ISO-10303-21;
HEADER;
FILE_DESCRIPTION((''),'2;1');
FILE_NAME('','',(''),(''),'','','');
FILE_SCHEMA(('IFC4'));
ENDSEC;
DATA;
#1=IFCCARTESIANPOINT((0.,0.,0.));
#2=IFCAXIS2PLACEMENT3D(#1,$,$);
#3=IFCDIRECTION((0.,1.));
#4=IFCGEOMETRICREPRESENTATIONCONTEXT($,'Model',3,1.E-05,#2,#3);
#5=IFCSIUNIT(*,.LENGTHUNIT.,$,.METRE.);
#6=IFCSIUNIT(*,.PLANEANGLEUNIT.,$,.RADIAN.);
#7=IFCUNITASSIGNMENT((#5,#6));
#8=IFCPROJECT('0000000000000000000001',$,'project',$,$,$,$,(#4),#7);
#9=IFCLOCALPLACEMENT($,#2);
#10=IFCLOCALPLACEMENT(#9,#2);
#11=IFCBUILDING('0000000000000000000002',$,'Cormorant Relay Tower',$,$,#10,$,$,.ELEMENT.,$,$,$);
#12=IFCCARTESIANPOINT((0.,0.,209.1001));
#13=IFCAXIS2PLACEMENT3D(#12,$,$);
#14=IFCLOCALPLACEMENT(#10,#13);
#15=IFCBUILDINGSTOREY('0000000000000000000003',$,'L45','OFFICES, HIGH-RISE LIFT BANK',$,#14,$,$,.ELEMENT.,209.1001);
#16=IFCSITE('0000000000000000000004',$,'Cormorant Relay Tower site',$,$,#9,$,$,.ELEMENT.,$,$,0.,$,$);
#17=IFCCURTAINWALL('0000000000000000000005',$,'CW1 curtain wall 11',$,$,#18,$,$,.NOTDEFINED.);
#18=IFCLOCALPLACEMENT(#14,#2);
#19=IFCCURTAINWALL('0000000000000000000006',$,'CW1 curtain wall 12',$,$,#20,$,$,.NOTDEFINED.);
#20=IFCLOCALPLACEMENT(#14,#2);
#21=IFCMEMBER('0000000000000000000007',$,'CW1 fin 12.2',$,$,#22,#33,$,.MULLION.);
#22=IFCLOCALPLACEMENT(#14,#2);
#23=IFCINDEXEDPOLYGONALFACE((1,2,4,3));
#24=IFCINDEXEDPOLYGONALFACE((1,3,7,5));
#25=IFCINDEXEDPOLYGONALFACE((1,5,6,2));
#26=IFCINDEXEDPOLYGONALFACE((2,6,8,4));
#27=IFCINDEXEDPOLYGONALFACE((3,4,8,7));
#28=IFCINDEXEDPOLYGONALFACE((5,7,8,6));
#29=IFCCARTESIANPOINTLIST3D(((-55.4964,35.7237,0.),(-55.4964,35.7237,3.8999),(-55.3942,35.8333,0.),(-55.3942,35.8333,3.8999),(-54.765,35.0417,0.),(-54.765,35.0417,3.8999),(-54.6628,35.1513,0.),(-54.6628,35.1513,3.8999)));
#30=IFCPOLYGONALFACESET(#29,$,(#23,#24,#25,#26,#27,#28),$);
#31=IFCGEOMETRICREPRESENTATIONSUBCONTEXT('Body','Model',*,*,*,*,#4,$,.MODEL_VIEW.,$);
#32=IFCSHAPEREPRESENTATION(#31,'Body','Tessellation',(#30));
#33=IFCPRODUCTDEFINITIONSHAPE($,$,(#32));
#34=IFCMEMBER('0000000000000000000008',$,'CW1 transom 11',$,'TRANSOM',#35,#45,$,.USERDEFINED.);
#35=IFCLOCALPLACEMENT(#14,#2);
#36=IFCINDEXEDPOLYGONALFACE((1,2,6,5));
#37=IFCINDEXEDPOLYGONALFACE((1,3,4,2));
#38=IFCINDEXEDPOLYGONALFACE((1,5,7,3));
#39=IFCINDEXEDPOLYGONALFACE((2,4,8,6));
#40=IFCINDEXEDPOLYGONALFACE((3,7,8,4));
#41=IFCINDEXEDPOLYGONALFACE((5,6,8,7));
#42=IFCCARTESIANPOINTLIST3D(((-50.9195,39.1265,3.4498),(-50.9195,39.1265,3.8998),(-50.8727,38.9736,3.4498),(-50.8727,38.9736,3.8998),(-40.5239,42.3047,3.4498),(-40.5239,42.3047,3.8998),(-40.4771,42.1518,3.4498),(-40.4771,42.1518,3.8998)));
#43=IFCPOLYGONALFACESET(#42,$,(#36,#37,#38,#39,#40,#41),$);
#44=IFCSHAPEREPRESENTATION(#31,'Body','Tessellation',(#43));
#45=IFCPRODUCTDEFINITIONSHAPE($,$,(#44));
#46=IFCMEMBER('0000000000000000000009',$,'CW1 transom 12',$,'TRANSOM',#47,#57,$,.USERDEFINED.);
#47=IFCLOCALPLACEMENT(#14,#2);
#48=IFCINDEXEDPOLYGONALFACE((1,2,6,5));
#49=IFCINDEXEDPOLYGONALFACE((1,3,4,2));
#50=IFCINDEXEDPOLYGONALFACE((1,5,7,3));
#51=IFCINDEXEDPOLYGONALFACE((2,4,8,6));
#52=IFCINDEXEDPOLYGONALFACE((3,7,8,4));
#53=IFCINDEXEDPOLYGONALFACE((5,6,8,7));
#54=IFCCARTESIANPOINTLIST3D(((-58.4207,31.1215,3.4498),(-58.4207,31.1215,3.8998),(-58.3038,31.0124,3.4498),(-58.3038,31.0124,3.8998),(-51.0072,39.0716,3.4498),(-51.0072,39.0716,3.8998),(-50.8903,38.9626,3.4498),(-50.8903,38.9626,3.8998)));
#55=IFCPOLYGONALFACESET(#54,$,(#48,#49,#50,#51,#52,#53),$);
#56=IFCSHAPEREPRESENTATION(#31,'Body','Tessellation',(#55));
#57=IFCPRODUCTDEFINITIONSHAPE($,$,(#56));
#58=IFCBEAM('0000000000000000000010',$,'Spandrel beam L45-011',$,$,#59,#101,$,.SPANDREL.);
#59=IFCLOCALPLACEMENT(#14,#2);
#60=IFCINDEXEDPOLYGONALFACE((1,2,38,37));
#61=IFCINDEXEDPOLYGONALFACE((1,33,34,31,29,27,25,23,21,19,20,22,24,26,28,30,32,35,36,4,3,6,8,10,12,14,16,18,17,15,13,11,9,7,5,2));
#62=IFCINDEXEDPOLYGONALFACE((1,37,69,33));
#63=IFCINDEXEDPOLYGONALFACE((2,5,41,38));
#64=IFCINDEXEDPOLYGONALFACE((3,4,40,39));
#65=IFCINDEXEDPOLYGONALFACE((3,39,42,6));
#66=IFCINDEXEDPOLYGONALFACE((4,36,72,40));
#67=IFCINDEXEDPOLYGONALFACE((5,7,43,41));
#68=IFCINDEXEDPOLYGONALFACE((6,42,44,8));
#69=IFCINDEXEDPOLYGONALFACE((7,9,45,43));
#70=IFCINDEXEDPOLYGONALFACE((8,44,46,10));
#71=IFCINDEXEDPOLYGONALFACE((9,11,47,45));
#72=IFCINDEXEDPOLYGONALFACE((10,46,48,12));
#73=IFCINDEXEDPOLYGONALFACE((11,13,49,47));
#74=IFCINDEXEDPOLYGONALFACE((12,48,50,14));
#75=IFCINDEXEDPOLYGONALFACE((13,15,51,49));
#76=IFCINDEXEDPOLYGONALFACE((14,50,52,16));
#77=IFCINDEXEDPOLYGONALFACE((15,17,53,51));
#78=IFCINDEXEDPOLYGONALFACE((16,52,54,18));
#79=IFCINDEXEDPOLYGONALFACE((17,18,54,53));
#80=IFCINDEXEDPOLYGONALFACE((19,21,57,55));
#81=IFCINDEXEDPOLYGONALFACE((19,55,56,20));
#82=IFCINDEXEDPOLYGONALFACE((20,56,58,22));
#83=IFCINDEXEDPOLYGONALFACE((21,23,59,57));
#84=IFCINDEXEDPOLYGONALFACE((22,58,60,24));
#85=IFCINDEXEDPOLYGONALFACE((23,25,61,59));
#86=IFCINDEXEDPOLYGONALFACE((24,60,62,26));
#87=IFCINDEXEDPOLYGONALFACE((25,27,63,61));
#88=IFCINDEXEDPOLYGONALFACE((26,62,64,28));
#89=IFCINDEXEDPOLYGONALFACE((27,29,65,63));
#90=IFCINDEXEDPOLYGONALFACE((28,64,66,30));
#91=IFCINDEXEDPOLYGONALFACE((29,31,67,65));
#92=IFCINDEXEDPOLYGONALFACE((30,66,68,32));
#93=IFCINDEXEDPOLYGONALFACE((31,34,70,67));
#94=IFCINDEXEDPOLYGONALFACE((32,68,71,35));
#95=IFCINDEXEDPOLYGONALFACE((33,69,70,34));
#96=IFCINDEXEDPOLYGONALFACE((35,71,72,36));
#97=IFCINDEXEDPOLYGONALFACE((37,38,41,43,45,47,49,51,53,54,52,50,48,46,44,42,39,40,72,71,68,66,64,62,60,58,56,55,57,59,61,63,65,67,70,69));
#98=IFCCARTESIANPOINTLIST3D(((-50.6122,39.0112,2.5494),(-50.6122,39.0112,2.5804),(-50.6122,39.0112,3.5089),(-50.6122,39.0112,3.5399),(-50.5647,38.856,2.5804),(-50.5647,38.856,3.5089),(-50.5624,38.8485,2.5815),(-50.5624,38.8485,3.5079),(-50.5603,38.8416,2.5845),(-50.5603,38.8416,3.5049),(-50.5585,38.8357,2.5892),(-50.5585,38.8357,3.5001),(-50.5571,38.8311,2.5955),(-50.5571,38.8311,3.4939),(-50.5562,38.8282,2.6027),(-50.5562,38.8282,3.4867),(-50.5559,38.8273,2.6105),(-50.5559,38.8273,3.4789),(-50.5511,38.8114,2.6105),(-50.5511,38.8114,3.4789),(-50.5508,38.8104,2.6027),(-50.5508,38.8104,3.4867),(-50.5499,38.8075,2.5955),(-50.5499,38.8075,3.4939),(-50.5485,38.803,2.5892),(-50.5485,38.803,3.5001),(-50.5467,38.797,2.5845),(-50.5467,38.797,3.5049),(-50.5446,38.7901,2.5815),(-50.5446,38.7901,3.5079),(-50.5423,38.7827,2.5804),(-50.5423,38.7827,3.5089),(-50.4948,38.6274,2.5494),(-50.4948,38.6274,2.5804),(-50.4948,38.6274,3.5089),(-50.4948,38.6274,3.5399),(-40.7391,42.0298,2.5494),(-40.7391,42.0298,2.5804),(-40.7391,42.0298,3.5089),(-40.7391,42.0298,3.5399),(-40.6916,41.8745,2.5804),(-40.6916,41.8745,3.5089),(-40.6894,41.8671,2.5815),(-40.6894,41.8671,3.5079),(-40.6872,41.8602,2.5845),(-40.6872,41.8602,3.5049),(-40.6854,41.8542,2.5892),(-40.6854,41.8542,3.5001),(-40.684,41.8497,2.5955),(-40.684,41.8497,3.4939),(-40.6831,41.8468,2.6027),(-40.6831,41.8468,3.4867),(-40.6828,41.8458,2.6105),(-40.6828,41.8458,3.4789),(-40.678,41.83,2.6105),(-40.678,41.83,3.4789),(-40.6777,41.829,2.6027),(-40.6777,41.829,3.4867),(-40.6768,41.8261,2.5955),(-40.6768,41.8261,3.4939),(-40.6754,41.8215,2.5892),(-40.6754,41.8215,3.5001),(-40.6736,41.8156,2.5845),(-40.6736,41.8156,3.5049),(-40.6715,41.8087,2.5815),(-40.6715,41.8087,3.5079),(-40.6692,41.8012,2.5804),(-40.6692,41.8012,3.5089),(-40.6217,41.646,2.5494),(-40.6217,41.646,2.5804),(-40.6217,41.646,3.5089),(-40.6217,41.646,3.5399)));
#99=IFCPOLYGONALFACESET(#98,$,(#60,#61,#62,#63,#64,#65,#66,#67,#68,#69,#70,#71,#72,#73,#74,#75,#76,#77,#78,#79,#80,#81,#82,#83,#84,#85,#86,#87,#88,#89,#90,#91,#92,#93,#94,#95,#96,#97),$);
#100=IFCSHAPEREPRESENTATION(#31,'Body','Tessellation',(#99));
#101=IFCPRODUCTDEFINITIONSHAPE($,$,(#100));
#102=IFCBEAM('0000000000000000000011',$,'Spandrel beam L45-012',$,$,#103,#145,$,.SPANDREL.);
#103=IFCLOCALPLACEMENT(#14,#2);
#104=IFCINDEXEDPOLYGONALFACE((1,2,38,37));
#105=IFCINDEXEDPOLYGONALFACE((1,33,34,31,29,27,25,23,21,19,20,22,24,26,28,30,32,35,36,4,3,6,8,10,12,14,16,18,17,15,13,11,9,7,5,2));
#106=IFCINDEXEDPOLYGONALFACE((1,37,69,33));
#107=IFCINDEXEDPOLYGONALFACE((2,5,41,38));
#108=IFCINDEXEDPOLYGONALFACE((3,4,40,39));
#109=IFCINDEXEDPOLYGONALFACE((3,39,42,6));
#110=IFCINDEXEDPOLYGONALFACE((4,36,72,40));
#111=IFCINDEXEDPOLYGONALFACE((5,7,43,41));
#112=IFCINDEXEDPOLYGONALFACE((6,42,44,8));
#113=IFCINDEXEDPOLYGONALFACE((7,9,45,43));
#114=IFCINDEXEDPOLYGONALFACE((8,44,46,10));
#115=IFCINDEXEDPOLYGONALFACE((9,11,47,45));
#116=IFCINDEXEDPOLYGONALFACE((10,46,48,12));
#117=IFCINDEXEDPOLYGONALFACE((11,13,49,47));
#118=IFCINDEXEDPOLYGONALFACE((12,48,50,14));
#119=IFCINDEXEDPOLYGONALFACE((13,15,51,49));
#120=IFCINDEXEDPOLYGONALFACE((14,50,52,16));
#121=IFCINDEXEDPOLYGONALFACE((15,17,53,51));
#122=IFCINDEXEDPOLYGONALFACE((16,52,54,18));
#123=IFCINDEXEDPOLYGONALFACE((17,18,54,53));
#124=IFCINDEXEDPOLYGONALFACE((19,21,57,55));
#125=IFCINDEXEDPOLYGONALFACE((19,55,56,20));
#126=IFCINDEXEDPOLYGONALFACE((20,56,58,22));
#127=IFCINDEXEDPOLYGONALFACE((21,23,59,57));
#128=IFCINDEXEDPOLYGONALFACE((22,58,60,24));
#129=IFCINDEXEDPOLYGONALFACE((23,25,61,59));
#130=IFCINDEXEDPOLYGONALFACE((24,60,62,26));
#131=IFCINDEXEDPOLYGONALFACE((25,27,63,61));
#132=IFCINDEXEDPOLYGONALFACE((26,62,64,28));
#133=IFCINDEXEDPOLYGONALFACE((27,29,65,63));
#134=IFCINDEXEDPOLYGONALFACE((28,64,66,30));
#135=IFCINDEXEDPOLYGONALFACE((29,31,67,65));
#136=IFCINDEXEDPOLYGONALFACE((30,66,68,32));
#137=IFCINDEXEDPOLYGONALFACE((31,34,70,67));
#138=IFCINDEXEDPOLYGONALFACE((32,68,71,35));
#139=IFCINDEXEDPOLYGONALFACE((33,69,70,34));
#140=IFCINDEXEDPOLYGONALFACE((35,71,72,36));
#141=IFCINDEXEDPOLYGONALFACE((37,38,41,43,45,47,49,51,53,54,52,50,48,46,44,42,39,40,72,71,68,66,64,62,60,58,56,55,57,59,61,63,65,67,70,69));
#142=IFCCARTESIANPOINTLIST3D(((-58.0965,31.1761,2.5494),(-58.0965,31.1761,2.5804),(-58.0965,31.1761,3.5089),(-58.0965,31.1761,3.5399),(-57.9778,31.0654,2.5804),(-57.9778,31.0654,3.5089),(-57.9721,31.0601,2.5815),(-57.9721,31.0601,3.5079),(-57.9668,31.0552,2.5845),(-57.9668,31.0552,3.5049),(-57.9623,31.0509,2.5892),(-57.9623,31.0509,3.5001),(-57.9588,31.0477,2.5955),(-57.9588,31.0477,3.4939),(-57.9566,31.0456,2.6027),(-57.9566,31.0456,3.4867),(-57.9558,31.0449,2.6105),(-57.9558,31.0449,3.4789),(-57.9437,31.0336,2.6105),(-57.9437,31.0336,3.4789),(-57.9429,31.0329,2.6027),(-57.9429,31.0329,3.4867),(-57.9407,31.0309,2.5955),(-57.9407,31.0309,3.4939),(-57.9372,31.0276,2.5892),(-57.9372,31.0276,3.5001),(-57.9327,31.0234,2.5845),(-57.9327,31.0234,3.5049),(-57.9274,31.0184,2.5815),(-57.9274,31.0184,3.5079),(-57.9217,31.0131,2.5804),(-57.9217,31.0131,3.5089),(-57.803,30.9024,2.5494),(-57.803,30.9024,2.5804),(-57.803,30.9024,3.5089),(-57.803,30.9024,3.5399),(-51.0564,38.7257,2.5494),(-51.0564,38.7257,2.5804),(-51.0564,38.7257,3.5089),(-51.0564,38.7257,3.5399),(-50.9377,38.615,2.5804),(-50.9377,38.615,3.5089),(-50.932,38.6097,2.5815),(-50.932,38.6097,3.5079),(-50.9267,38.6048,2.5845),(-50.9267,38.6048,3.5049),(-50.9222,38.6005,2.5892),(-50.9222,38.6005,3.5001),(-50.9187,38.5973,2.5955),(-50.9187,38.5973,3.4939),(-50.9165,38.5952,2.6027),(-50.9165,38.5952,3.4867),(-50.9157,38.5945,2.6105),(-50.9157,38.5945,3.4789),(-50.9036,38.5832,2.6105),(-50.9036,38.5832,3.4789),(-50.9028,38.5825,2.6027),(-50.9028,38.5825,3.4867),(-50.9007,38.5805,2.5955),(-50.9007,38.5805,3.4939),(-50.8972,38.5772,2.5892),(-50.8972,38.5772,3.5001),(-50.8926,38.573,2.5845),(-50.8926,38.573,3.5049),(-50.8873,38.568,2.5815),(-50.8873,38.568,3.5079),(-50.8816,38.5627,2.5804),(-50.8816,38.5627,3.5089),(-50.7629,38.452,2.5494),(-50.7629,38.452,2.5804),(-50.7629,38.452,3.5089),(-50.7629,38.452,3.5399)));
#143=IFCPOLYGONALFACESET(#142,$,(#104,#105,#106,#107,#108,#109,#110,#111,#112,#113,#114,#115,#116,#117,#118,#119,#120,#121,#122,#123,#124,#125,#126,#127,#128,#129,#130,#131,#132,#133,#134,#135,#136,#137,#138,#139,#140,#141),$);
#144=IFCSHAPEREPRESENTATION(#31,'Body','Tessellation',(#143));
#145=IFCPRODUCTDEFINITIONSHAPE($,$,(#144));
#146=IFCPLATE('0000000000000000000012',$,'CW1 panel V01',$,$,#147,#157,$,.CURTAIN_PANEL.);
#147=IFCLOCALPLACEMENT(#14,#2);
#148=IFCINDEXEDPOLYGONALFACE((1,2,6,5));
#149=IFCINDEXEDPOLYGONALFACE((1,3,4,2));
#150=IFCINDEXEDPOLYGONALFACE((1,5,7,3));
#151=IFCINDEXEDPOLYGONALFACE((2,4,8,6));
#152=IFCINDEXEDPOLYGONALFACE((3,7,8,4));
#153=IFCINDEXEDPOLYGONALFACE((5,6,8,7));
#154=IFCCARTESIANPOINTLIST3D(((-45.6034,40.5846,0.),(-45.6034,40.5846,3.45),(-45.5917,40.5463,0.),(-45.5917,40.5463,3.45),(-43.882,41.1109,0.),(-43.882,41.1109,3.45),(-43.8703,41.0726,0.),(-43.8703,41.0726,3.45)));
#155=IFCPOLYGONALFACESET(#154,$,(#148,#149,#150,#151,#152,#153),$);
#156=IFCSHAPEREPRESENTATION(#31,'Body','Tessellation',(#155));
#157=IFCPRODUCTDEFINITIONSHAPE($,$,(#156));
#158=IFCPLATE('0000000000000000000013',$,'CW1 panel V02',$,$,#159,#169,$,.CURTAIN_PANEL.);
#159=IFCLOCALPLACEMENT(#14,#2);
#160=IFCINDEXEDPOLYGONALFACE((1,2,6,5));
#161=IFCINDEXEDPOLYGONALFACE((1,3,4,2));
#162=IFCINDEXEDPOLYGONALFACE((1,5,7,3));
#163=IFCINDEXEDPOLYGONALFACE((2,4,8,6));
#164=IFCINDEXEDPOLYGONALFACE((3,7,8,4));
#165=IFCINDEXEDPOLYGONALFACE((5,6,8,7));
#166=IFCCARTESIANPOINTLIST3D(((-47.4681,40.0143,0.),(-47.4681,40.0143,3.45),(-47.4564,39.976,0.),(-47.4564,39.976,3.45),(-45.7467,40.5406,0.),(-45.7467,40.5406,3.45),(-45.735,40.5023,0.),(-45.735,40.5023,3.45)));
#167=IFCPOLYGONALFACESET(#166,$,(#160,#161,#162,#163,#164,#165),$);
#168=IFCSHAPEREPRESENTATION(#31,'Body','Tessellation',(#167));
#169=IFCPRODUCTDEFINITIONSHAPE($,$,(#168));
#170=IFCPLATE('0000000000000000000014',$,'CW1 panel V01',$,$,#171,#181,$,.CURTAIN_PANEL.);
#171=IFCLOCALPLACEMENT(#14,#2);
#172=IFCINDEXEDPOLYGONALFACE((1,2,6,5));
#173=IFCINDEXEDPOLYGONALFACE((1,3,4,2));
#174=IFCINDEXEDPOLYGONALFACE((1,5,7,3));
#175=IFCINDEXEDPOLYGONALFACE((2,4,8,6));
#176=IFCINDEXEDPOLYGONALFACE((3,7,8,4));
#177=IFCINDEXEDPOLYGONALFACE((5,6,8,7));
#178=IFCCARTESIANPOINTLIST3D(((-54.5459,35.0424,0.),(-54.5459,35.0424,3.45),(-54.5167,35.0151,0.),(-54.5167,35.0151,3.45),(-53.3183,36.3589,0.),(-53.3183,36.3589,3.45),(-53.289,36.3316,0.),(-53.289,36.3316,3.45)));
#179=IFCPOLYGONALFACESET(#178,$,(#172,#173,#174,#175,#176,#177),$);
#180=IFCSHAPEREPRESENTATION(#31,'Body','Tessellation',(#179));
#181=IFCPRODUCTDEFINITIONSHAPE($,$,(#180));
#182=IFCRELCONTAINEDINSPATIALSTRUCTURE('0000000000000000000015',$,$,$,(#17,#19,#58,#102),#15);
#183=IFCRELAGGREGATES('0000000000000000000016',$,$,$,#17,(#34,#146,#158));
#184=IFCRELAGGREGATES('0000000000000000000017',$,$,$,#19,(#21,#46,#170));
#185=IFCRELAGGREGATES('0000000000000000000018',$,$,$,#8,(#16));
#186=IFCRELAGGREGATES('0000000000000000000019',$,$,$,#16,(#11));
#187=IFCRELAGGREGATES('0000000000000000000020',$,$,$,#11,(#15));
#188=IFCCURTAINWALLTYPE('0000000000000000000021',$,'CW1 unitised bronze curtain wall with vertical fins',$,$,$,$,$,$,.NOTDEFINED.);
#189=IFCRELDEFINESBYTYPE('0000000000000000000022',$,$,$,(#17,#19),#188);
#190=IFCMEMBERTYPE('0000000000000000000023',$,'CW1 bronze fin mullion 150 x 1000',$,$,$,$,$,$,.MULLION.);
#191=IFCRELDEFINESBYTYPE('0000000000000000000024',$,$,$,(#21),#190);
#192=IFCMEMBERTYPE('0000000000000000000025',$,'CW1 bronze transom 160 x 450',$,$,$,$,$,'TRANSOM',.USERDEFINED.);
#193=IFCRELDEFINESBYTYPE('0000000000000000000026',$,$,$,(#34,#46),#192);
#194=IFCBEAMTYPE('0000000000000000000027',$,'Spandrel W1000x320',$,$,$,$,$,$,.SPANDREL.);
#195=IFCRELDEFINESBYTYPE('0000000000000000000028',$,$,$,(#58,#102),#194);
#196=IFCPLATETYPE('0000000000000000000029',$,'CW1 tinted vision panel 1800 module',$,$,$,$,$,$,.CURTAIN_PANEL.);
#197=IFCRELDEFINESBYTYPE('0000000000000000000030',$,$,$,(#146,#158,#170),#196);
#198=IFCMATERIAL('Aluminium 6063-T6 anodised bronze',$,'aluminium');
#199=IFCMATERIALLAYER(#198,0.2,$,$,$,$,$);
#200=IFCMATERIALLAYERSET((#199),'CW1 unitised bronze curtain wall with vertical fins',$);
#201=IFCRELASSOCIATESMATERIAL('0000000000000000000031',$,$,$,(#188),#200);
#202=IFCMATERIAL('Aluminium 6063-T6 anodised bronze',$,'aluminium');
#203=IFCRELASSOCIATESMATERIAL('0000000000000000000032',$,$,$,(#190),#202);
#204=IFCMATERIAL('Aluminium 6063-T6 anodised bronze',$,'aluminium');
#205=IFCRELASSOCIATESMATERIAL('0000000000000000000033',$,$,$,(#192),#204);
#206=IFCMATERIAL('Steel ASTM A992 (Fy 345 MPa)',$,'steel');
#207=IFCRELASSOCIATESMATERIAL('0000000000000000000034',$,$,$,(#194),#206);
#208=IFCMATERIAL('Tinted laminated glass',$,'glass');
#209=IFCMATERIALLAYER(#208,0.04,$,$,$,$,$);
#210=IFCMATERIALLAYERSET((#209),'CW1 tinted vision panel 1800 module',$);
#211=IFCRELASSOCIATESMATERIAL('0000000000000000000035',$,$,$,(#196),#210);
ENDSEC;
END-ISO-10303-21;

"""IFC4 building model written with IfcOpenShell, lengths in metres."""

from ifc_helpers import new_model, si_unit, direction, frame, origin, origin_2d, place, context, subcontext, project, spatial, rectangle, i_section, extrude, material, layer, layer_set, material_profile, profile_set, type_object, element, aggregate, save


model = new_model("IFC4")

# Units and contexts
model_context = context("Model", 3, precision=1e-05, world=origin(), true_north=direction((0.0, 1.0)))
body_context = subcontext(model_context, "Body", "Model", "MODEL_VIEW")
ifc_project = project(units=[si_unit("LENGTHUNIT", "METRE"), si_unit("PLANEANGLEUNIT", "RADIAN")], contexts=[model_context])

# Site, building, storey
site_placement = place(None, origin())
site = spatial("IfcSite", under=ifc_project, at=site_placement, Name="Cormorant Relay Tower site", CompositionType="ELEMENT", RefElevation=0.0)
building_placement = place(site_placement, origin())
building = spatial("IfcBuilding", under=site, at=building_placement, Name="Cormorant Relay Tower", CompositionType="ELEMENT")
storey_placement = place(building_placement, frame((0.0, 0.0, 209.1001)))
storey = spatial("IfcBuildingStorey", under=building, at=storey_placement, Name="L45", Description="OFFICES, HIGH-RISE LIFT BANK", CompositionType="ELEMENT", Elevation=209.1001)

# Shared definitions
ifc_material_1 = material(Name="Aluminium 6063-T6 anodised bronze", Category="aluminium")
ifc_layer_1 = layer(ifc_material_1, 0.2)
ifc_layer_set_1 = layer_set([ifc_layer_1], Name="CW1 unitised bronze curtain wall with vertical fins")
curtain_wall_type = type_object("IfcCurtainWallType", Name="CW1 unitised bronze curtain wall with vertical fins", PredefinedType="NOTDEFINED", material=ifc_layer_set_1)
ifc_material_2 = material(Name="Aluminium 6063-T6 anodised bronze", Category="aluminium")
ifc_material_profile_1 = material_profile(ifc_material_2, rectangle(XDim=0.1499, YDim=1.0, at=origin_2d()), Name="AL 150x1000")
ifc_profile_set_1 = profile_set([ifc_material_profile_1], Name="Aluminium 6063-T6 anodised bronze")
member_type_1 = type_object("IfcMemberType", Name="CW1 bronze fin mullion 150 x 1000", PredefinedType="MULLION", material=ifc_profile_set_1)

# Curtain walls, member
curtain_wall_1_placement = place(storey_placement, origin())
curtain_wall_1 = element("IfcCurtainWall", 1, at=curtain_wall_1_placement, inside=storey, type_object=curtain_wall_type, Name="CW1 curtain wall 11", PredefinedType="NOTDEFINED")
curtain_wall_2_placement = place(storey_placement, origin())
curtain_wall_2 = element("IfcCurtainWall", 2, at=curtain_wall_2_placement, inside=storey, type_object=curtain_wall_type, Name="CW1 curtain wall 12", PredefinedType="NOTDEFINED")
member_1_placement = place(storey_placement, frame((-55.0796, 35.4375, 0.0), z_axis=(0.0, 0.0, 1.0), x_axis=(-0.681998, -0.731354, 0.0)))
member_1 = element("IfcMember", 3, at=member_1_placement, type_object=member_type_1, Name="CW1 fin 12.2", PredefinedType="MULLION", context=body_context, shape_type="SweptSolid", body=[
    extrude(rectangle(XDim=0.1499, YDim=1.0, at=origin_2d()), origin(), (0.0, 0.0, 1.0), 3.8999),
])

# Members
ifc_material_3 = material(Name="Aluminium 6063-T6 anodised bronze", Category="aluminium")
ifc_material_profile_2 = material_profile(ifc_material_3, rectangle(XDim=0.1599, YDim=0.45, at=origin_2d()), Name="AL 160x450")
ifc_profile_set_2 = profile_set([ifc_material_profile_2], Name="Aluminium 6063-T6 anodised bronze")
member_type_2 = type_object("IfcMemberType", Name="CW1 bronze transom 160 x 450", ElementType="TRANSOM", PredefinedType="USERDEFINED", material=ifc_profile_set_2)
member_2_placement = place(storey_placement, frame((-40.5005, 42.2283, 3.6748), z_axis=(-0.956305, -0.292371, 0.0), x_axis=(0.292371, -0.956305, 0.0)))
member_2 = element("IfcMember", 4, at=member_2_placement, type_object=member_type_2, Name="CW1 transom 11", ObjectType="TRANSOM", PredefinedType="USERDEFINED", context=body_context, shape_type="SweptSolid", body=[
    extrude(rectangle(XDim=0.1599, YDim=0.45, at=origin_2d()), origin(), (0.0, 0.0, 1.0), 10.8706),
])
member_3_placement = place(storey_placement, frame((-50.9487, 39.0171, 3.6748), z_axis=(-0.681993, -0.731358, 0.0), x_axis=(0.731358, -0.681993, 0.0)))
member_3 = element("IfcMember", 5, at=member_3_placement, type_object=member_type_2, Name="CW1 transom 12", ObjectType="TRANSOM", PredefinedType="USERDEFINED", context=body_context, shape_type="SweptSolid", body=[
    extrude(rectangle(XDim=0.1599, YDim=0.45, at=origin_2d()), origin(), (0.0, 0.0, 1.0), 10.8704),
])

# Beams
ifc_material_4 = material(Name="Steel ASTM A992 (Fy 345 MPa)", Category="steel")
ifc_material_profile_3 = material_profile(ifc_material_4, i_section(OverallWidth=0.4014, OverallDepth=0.9905, WebThickness=0.0166, FlangeThickness=0.031, FilletRadius=0.03, at=origin_2d()), Name="W1000x320")
ifc_profile_set_3 = profile_set([ifc_material_profile_3], Name="Steel ASTM A992 (Fy 345 MPa)")
beam_type = type_object("IfcBeamType", Name="Spandrel W1000x320", PredefinedType="SPANDREL", material=ifc_profile_set_3)
beam_1_placement = place(storey_placement, frame((-40.6804, 41.8379, 3.0447), z_axis=(-0.956303, -0.292377, 0.0), x_axis=(0.292377, -0.956303, 0.0)))
element("IfcBeam", 6, at=beam_1_placement, inside=storey, type_object=beam_type, Name="Spandrel beam L45-011", PredefinedType="SPANDREL", context=body_context, shape_type="SweptSolid", body=[
    extrude(i_section(OverallWidth=0.4014, OverallDepth=0.9905, WebThickness=0.0166, FlangeThickness=0.031, FilletRadius=0.03, at=origin_2d()), origin(), (0.0, 0.0, 1.0), 10.3242),
])
beam_2_placement = place(storey_placement, frame((-50.9097, 38.5889, 3.0447), z_axis=(-0.681996, -0.731356, 0.0), x_axis=(0.731356, -0.681996, 0.0)))
element("IfcBeam", 7, at=beam_2_placement, inside=storey, type_object=beam_type, Name="Spandrel beam L45-012", PredefinedType="SPANDREL", context=body_context, shape_type="SweptSolid", body=[
    extrude(i_section(OverallWidth=0.4014, OverallDepth=0.9905, WebThickness=0.0166, FlangeThickness=0.031, FilletRadius=0.03, at=origin_2d()), origin(), (0.0, 0.0, 1.0), 10.3228),
])

# Plates
ifc_material_5 = material(Name="Tinted laminated glass", Category="glass")
ifc_layer_2 = layer(ifc_material_5, 0.04)
ifc_layer_set_2 = layer_set([ifc_layer_2], Name="CW1 tinted vision panel 1800 module")
plate_type_1 = type_object("IfcPlateType", Name="CW1 tinted vision panel 1800 module", PredefinedType="CURTAIN_PANEL", material=ifc_layer_set_2)
plate_1_placement = place(storey_placement, frame((-44.7368, 40.8286, 0.0), z_axis=(0.0, 0.0, 1.0), x_axis=(-0.956305, -0.292372, 0.0)))
plate_1 = element("IfcPlate", 8, at=plate_1_placement, type_object=plate_type_1, Name="CW1 panel V01", PredefinedType="CURTAIN_PANEL", context=body_context, shape_type="SweptSolid", body=[
    extrude(rectangle(XDim=1.8, YDim=0.04, at=origin_2d()), origin(), (0.0, 0.0, 1.0), 3.45),
])
plate_2_placement = place(storey_placement, frame((-46.6016, 40.2583, 0.0), z_axis=(0.0, 0.0, 1.0), x_axis=(-0.956305, -0.292372, 0.0)))
plate_2 = element("IfcPlate", 9, at=plate_2_placement, type_object=plate_type_1, Name="CW1 panel V02", PredefinedType="CURTAIN_PANEL", context=body_context, shape_type="SweptSolid", body=[
    extrude(rectangle(XDim=1.8, YDim=0.04, at=origin_2d()), origin(), (0.0, 0.0, 1.0), 3.45),
])
plate_3_placement = place(storey_placement, frame((-53.9175, 35.687, 0.0), z_axis=(0.0, 0.0, 1.0), x_axis=(-0.681998, -0.731354, 0.0)))
plate_3 = element("IfcPlate", 10, at=plate_3_placement, type_object=plate_type_1, Name="CW1 panel V01", PredefinedType="CURTAIN_PANEL", context=body_context, shape_type="SweptSolid", body=[
    extrude(rectangle(XDim=1.8, YDim=0.04, at=origin_2d()), origin(), (0.0, 0.0, 1.0), 3.45),
])

aggregate(curtain_wall_1, [member_2, plate_1, plate_2])
aggregate(curtain_wall_2, [member_1, member_3, plate_3])

save(model, "model.ifc")
